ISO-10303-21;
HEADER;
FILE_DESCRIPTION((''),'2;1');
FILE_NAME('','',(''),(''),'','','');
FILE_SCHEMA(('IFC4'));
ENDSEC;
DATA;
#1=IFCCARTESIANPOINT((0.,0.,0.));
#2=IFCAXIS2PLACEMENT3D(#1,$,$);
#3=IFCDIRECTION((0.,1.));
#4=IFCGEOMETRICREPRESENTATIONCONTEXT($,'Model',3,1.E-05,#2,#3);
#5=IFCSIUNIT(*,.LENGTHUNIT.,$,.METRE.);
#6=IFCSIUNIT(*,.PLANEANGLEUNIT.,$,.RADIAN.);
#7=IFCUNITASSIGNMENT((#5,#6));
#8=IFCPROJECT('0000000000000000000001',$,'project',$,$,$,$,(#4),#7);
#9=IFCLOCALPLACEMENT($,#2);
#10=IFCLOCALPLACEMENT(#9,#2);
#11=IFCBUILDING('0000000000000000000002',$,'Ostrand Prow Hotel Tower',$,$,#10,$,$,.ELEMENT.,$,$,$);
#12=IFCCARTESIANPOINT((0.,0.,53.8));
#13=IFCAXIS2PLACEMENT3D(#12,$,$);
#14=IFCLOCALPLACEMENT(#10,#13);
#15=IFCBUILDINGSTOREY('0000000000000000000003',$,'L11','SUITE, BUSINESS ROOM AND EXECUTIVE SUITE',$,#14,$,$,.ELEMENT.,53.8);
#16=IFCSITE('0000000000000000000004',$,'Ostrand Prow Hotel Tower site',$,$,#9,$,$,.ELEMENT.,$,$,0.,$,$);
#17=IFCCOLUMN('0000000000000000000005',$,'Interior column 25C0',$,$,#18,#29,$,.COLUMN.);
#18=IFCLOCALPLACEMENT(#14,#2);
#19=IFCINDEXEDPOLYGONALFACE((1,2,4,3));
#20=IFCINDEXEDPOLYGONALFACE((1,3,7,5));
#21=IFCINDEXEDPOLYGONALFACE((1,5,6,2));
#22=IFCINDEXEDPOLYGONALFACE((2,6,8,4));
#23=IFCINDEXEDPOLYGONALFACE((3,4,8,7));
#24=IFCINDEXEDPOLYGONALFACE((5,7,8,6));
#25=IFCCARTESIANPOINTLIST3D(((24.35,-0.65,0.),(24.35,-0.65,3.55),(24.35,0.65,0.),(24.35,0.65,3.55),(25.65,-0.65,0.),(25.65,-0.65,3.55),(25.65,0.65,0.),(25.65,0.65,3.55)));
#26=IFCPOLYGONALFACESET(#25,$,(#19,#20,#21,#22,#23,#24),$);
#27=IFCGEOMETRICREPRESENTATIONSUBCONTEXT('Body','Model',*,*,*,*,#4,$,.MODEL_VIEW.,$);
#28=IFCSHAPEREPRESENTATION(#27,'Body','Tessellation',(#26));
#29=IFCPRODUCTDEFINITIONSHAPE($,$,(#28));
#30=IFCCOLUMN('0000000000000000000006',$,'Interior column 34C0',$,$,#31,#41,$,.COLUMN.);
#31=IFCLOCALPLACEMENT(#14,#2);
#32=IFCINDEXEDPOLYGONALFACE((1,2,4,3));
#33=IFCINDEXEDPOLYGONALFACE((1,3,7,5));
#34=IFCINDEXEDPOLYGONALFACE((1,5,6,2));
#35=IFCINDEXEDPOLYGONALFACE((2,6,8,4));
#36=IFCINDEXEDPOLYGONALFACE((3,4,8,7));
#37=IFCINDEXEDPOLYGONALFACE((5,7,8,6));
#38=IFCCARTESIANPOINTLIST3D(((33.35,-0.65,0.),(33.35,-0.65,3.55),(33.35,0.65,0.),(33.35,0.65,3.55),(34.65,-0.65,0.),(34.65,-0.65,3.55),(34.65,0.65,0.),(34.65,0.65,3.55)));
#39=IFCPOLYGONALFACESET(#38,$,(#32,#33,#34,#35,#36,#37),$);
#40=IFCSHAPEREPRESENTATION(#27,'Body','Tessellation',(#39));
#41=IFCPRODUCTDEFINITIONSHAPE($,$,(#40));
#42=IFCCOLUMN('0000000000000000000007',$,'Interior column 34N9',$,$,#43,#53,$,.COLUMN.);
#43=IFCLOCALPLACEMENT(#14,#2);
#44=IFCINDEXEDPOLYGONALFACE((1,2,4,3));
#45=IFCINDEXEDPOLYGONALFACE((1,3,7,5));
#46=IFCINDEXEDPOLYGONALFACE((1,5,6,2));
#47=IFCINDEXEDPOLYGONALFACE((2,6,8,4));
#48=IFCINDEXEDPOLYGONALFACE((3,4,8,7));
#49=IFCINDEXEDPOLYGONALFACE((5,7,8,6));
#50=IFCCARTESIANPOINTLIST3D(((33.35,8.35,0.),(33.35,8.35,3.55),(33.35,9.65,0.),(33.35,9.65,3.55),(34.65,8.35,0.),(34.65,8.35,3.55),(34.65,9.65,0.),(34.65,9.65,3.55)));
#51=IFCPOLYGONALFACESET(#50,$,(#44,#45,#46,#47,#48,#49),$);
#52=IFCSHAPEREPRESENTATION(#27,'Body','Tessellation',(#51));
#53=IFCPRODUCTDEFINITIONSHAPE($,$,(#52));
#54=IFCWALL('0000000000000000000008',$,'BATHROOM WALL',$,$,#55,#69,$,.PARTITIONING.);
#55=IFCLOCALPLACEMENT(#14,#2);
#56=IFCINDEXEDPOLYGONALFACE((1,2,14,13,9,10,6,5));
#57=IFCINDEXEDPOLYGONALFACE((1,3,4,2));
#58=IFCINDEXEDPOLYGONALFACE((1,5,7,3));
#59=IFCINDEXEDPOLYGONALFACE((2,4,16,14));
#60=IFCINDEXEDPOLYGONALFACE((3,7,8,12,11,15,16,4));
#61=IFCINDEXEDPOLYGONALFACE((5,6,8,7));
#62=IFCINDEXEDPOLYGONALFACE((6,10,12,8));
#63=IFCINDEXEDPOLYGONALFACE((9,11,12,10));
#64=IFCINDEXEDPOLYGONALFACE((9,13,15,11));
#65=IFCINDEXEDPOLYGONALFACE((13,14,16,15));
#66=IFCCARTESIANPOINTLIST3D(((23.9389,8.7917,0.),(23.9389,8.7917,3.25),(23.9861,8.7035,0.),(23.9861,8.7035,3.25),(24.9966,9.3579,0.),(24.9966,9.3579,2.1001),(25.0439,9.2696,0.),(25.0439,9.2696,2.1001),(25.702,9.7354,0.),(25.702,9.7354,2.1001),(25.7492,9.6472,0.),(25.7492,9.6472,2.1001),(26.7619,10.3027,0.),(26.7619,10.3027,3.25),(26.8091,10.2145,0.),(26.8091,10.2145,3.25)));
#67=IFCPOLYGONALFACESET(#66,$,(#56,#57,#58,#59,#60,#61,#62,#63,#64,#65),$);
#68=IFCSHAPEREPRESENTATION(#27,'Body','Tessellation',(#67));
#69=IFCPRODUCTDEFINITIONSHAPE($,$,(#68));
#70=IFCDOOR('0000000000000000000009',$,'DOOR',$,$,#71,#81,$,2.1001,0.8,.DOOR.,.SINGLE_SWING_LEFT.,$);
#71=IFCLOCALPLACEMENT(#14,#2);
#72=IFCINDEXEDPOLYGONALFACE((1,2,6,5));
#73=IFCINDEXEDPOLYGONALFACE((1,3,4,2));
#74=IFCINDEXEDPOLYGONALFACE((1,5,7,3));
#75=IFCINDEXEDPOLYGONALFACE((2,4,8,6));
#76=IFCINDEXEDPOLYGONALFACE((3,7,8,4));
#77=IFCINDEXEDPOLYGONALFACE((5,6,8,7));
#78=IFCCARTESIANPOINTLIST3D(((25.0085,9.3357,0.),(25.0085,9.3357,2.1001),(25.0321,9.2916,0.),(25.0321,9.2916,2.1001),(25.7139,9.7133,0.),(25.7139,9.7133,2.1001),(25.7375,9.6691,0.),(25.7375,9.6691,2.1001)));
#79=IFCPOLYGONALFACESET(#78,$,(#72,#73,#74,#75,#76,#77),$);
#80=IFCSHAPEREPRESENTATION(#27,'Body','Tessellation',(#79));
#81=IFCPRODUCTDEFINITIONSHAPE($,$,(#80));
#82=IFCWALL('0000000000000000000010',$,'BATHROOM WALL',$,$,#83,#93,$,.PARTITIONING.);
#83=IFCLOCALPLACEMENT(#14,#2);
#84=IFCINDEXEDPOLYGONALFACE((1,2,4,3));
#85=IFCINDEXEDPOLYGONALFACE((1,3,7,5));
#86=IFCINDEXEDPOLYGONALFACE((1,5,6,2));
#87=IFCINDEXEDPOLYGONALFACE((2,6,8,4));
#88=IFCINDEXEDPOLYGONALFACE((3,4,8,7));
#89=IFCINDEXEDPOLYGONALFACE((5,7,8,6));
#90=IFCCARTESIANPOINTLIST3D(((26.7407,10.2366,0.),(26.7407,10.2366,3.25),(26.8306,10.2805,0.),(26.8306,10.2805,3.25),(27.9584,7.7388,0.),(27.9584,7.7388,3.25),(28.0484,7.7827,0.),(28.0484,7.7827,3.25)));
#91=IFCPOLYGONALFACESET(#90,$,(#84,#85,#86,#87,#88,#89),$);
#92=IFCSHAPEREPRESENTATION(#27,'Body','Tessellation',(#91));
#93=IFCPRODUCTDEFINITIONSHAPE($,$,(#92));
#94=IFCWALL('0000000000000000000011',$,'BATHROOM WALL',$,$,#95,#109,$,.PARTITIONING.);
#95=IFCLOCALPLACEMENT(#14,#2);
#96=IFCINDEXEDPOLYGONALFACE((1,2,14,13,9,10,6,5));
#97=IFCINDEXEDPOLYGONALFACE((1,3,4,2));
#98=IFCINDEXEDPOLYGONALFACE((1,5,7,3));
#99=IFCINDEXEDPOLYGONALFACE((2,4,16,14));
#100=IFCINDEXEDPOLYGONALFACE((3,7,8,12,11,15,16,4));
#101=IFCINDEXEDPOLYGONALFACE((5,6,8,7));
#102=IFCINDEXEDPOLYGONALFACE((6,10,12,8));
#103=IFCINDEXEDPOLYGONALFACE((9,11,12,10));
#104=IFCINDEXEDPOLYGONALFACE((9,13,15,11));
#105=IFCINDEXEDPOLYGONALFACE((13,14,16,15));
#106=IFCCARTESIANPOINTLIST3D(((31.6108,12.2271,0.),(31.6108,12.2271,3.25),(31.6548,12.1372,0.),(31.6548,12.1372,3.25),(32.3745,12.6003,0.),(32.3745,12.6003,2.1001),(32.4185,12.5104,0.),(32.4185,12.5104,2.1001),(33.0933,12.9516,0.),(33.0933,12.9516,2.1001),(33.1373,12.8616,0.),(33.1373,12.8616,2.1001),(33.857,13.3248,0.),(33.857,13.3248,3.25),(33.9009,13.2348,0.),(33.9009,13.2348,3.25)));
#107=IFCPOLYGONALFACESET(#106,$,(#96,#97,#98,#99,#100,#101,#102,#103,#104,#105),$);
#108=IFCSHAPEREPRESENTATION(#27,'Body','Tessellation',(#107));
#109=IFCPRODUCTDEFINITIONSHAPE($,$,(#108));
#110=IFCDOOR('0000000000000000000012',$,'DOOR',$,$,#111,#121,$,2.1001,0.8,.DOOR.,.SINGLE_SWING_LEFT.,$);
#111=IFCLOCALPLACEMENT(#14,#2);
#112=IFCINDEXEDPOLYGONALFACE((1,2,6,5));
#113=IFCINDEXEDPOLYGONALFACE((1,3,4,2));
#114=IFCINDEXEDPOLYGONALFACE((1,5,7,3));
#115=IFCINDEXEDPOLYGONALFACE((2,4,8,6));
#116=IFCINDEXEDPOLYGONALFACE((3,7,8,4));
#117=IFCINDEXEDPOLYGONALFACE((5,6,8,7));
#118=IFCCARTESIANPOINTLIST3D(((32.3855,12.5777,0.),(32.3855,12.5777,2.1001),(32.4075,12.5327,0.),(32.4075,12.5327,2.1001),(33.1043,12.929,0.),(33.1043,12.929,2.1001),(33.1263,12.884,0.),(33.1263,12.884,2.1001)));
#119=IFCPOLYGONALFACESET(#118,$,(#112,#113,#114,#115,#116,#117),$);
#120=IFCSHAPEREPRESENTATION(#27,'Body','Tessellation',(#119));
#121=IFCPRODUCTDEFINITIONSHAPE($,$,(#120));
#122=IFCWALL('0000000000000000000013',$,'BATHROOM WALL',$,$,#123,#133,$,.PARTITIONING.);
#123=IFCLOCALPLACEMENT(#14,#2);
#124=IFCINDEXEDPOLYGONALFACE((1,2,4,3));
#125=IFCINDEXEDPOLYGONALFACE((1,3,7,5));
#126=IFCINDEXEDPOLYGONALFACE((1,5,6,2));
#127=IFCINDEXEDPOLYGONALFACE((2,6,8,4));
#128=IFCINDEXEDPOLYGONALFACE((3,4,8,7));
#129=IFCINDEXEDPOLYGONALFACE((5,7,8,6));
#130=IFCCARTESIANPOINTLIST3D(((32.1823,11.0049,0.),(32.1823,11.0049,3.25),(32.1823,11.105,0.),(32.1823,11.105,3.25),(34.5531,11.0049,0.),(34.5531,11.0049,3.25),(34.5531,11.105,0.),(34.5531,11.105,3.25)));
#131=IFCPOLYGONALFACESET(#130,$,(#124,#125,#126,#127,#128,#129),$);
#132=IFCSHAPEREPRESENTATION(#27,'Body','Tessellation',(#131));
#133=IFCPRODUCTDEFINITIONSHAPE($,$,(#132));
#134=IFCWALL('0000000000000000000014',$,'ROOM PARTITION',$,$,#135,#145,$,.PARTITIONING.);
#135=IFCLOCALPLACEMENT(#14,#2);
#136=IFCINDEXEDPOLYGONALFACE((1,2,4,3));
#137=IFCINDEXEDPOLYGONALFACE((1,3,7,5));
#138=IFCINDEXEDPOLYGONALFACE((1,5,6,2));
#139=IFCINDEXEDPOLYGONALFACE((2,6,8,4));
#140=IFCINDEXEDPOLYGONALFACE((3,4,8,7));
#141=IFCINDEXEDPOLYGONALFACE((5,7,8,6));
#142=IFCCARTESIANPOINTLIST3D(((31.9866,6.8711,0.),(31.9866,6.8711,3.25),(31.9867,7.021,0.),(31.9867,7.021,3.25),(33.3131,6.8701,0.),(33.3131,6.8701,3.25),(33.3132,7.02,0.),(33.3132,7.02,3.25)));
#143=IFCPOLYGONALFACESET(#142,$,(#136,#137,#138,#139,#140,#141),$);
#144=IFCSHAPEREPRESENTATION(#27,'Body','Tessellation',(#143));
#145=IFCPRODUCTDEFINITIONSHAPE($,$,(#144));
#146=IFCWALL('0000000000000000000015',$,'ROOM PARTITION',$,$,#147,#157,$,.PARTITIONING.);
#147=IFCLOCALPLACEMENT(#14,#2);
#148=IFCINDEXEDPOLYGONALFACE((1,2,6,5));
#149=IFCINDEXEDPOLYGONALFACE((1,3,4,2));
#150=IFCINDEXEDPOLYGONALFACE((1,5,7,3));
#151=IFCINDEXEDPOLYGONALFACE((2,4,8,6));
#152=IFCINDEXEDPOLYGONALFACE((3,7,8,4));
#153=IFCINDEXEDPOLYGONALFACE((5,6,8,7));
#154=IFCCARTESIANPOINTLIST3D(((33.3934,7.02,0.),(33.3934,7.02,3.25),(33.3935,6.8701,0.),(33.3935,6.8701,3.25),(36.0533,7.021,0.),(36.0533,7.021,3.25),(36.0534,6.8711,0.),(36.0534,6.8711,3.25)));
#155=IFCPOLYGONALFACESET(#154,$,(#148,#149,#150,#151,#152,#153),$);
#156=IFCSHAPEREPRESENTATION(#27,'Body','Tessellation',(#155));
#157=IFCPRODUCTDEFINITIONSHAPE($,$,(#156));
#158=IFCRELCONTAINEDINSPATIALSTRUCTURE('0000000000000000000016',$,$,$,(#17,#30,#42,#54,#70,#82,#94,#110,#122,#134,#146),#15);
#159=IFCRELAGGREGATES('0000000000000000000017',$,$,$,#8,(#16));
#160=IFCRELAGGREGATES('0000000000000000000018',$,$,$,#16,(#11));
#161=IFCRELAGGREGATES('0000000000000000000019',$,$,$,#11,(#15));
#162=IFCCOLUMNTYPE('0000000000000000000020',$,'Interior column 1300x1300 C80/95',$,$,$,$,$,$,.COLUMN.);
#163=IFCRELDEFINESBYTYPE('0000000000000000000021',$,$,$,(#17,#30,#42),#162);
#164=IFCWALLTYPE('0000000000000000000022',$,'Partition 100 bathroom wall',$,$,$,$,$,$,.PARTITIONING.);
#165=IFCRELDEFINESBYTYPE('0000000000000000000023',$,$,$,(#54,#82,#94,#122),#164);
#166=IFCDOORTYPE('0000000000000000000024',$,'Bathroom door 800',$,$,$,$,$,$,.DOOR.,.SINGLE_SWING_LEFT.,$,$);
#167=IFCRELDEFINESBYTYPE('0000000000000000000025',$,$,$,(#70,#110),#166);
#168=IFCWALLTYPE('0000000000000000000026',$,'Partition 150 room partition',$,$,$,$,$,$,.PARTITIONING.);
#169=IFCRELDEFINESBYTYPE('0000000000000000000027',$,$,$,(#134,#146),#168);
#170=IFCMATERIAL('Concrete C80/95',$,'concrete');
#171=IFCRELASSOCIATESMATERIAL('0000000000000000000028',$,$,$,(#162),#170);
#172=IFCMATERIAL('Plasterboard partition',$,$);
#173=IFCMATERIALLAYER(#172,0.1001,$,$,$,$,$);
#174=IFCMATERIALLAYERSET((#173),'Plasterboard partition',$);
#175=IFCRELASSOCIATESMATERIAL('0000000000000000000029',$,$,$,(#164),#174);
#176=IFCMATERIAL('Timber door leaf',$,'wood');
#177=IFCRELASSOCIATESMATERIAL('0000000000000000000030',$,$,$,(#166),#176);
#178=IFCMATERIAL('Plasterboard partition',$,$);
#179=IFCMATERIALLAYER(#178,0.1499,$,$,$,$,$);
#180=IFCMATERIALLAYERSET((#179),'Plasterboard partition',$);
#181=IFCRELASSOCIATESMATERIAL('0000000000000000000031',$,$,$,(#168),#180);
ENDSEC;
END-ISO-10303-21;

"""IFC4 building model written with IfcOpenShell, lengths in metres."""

from ifc_helpers import new_model, si_unit, direction, frame, frame_2d, origin, origin_2d, place, context, subcontext, project, spatial, rectangle, extrude, material, layer, layer_set, material_profile, profile_set, type_object, element, fill, save


model = new_model("IFC4")

# Units and contexts
model_context = context("Model", 3, precision=1e-05, world=origin(), true_north=direction((0.0, 1.0)))
body_context = subcontext(model_context, "Body", "Model", "MODEL_VIEW")
ifc_project = project(units=[si_unit("LENGTHUNIT", "METRE"), si_unit("PLANEANGLEUNIT", "RADIAN")], contexts=[model_context])

# Site, building, storey
site_placement = place(None, origin())
site = spatial("IfcSite", under=ifc_project, at=site_placement, Name="Ostrand Prow Hotel Tower site", CompositionType="ELEMENT", RefElevation=0.0)
building_placement = place(site_placement, origin())
building = spatial("IfcBuilding", under=site, at=building_placement, Name="Ostrand Prow Hotel Tower", CompositionType="ELEMENT")
storey_placement = place(building_placement, frame((0.0, 0.0, 53.8)))
storey = spatial("IfcBuildingStorey", under=building, at=storey_placement, Name="L11", Description="SUITE, BUSINESS ROOM AND EXECUTIVE SUITE", CompositionType="ELEMENT", Elevation=53.8)

# Columns
ifc_material_1 = material(Name="Concrete C80/95", Category="concrete")
ifc_material_profile = material_profile(ifc_material_1, rectangle(XDim=1.3, YDim=1.3, at=origin_2d()), Name="RC 1300x1300")
ifc_profile_set = profile_set([ifc_material_profile], Name="Concrete C80/95")
column_type = type_object("IfcColumnType", Name="Interior column 1300x1300 C80/95", PredefinedType="COLUMN", material=ifc_profile_set)
for number, where, z_axis, x_axis, name in (
    (1, (25.0, 0.0, 0.0), (0.0, 0.0, 1.0), (1.0, 0.0, 0.0), "Interior column 25C0"),
    (2, (34.0, 0.0, 0.0), (0.0, 0.0, 1.0), (1.0, 0.0, 0.0), "Interior column 34C0"),
    (3, (34.0, 9.0, 0.0), (0.0, 0.0, 1.0), (1.0, 0.0, 0.0), "Interior column 34N9"),
):
    element("IfcColumn", number, at=place(storey_placement, frame(where, z_axis=z_axis, x_axis=x_axis)), inside=storey, type_object=column_type, Name=name, PredefinedType="COLUMN", context=body_context, shape_type="SweptSolid", body=[
        extrude(rectangle(XDim=1.3, YDim=1.3, at=origin_2d()), origin(), (0.0, 0.0, 1.0), 3.55),
    ])

# Wall, opening, door
ifc_material_2 = material(Name="Plasterboard partition")
ifc_layer_1 = layer(ifc_material_2, 0.1001)
ifc_layer_set_1 = layer_set([ifc_layer_1], Name="Plasterboard partition")
wall_type_1 = type_object("IfcWallType", Name="Partition 100 bathroom wall", PredefinedType="PARTITIONING", material=ifc_layer_set_1)
wall_1_placement = place(storey_placement, frame((23.9624, 8.7476, 0.0), z_axis=(0.0, 0.0, 1.0), x_axis=(0.881653, 0.471898, 0.0)))
wall_1 = element("IfcWall", 4, at=wall_1_placement, inside=storey, type_object=wall_type_1, Name="BATHROOM WALL", PredefinedType="PARTITIONING", context=body_context, shape_type="SweptSolid", body=[
    extrude(rectangle(XDim=3.2019, YDim=0.1001, at=frame_2d((1.6011, 0.0))), origin(), (0.0, 0.0, 1.0), 3.25),
])
opening_1_placement = place(wall_1_placement, frame((1.2, 0.0, 0.0)))
opening_1 = element("IfcOpeningElement", 5, at=opening_1_placement, cuts=wall_1, PredefinedType="OPENING", context=body_context, shape_type="SweptSolid", body=[
    extrude(rectangle(XDim=0.8, YDim=2.1001, at=frame_2d((0.3999, 1.05))), frame((0.0, 0.0601, 0.0), z_axis=(0.0, -1.0, 0.0), x_axis=(1.0, 0.0, 0.0)), (0.0, 0.0, 1.0), 0.1201),
])
ifc_material_3 = material(Name="Timber door leaf", Category="wood")
door_type_1 = type_object("IfcDoorType", Name="Bathroom door 800", OperationType="SINGLE_SWING_LEFT", PredefinedType="DOOR", material=ifc_material_3)
door_1_placement = place(opening_1_placement, origin())
door_1 = element("IfcDoor", 6, at=door_1_placement, inside=storey, type_object=door_type_1, Name="DOOR", OperationType="SINGLE_SWING_LEFT", OverallHeight=2.1001, OverallWidth=0.8, PredefinedType="DOOR", context=body_context, shape_type="SweptSolid", body=[
    extrude(rectangle(XDim=0.8, YDim=2.1001, at=frame_2d((0.3999, 1.05))), frame((0.0, 0.0249, 0.0), z_axis=(0.0, -1.0, 0.0), x_axis=(1.0, 0.0, 0.0)), (0.0, 0.0, 1.0), 0.05),
])
fill(opening_1, door_1)

# Wall
wall_2_placement = place(storey_placement, frame((26.7856, 10.2585, 0.0), z_axis=(0.0, 0.0, 1.0), x_axis=(0.43823, -0.898863, 0.0)))
element("IfcWall", 7, at=wall_2_placement, inside=storey, type_object=wall_type_1, Name="BATHROOM WALL", PredefinedType="PARTITIONING", context=body_context, shape_type="SweptSolid", body=[
    extrude(rectangle(XDim=2.7788, YDim=0.1001, at=frame_2d((1.3894, 0.0))), origin(), (0.0, 0.0, 1.0), 3.25),
])

# Wall, opening, door
wall_3_placement = place(storey_placement, frame((31.6328, 12.1821, 0.0), z_axis=(0.0, 0.0, 1.0), x_axis=(0.898453, 0.43907, 0.0)))
wall_3 = element("IfcWall", 8, at=wall_3_placement, inside=storey, type_object=wall_type_1, Name="BATHROOM WALL", PredefinedType="PARTITIONING", context=body_context, shape_type="SweptSolid", body=[
    extrude(rectangle(XDim=2.5, YDim=0.1001, at=frame_2d((1.25, 0.0))), origin(), (0.0, 0.0, 1.0), 3.25),
])
opening_2_placement = place(wall_3_placement, frame((0.8501, 0.0, 0.0)))
opening_2 = element("IfcOpeningElement", 9, at=opening_2_placement, cuts=wall_3, PredefinedType="OPENING", context=body_context, shape_type="SweptSolid", body=[
    extrude(rectangle(XDim=0.8, YDim=2.1001, at=frame_2d((0.3999, 1.05))), frame((0.0, 0.0601, 0.0), z_axis=(0.0, -1.0, 0.0), x_axis=(1.0, 0.0, 0.0)), (0.0, 0.0, 1.0), 0.1201),
])
door_2_placement = place(opening_2_placement, origin())
door_2 = element("IfcDoor", 10, at=door_2_placement, inside=storey, type_object=door_type_1, Name="DOOR", OperationType="SINGLE_SWING_LEFT", OverallHeight=2.1001, OverallWidth=0.8, PredefinedType="DOOR", context=body_context, shape_type="SweptSolid", body=[
    extrude(rectangle(XDim=0.8, YDim=2.1001, at=frame_2d((0.3999, 1.05))), frame((0.0, 0.0249, 0.0), z_axis=(0.0, -1.0, 0.0), x_axis=(1.0, 0.0, 0.0)), (0.0, 0.0, 1.0), 0.05),
])
fill(opening_2, door_2)

# Walls
wall_4_placement = place(storey_placement, frame((34.5532, 11.0549, 0.0), z_axis=(0.0, 0.0, 1.0), x_axis=(-1.0, 0.0, 0.0)))
element("IfcWall", 11, at=wall_4_placement, inside=storey, type_object=wall_type_1, Name="BATHROOM WALL", PredefinedType="PARTITIONING", context=body_context, shape_type="SweptSolid", body=[
    extrude(rectangle(XDim=2.3708, YDim=0.1001, at=frame_2d((1.1855, 0.0))), origin(), (0.0, 0.0, 1.0), 3.25),
])
ifc_material_4 = material(Name="Plasterboard partition")
ifc_layer_2 = layer(ifc_material_4, 0.1499)
ifc_layer_set_2 = layer_set([ifc_layer_2], Name="Plasterboard partition")
wall_type_2 = type_object("IfcWallType", Name="Partition 150 room partition", PredefinedType="PARTITIONING", material=ifc_layer_set_2)
wall_5_placement = place(storey_placement, frame((31.9868, 6.946, 0.0), z_axis=(0.0, 0.0, 1.0), x_axis=(1.0, -0.000736, 0.0)))
element("IfcWall", 12, at=wall_5_placement, inside=storey, type_object=wall_type_2, Name="ROOM PARTITION", PredefinedType="PARTITIONING", context=body_context, shape_type="SweptSolid", body=[
    extrude(rectangle(XDim=1.3264, YDim=0.1499, at=frame_2d((0.6631, 0.0))), origin(), (0.0, 0.0, 1.0), 3.25),
])
wall_6_placement = place(storey_placement, frame((33.3933, 6.9451, 0.0), z_axis=(0.0, 0.0, 1.0), x_axis=(1.0, 0.000367, 0.0)))
element("IfcWall", 13, at=wall_6_placement, inside=storey, type_object=wall_type_2, Name="ROOM PARTITION", PredefinedType="PARTITIONING", context=body_context, shape_type="SweptSolid", body=[
    extrude(rectangle(XDim=2.6599, YDim=0.1499, at=frame_2d((1.3301, 0.0))), origin(), (0.0, 0.0, 1.0), 3.25),
])

save(model, "model.ifc")
